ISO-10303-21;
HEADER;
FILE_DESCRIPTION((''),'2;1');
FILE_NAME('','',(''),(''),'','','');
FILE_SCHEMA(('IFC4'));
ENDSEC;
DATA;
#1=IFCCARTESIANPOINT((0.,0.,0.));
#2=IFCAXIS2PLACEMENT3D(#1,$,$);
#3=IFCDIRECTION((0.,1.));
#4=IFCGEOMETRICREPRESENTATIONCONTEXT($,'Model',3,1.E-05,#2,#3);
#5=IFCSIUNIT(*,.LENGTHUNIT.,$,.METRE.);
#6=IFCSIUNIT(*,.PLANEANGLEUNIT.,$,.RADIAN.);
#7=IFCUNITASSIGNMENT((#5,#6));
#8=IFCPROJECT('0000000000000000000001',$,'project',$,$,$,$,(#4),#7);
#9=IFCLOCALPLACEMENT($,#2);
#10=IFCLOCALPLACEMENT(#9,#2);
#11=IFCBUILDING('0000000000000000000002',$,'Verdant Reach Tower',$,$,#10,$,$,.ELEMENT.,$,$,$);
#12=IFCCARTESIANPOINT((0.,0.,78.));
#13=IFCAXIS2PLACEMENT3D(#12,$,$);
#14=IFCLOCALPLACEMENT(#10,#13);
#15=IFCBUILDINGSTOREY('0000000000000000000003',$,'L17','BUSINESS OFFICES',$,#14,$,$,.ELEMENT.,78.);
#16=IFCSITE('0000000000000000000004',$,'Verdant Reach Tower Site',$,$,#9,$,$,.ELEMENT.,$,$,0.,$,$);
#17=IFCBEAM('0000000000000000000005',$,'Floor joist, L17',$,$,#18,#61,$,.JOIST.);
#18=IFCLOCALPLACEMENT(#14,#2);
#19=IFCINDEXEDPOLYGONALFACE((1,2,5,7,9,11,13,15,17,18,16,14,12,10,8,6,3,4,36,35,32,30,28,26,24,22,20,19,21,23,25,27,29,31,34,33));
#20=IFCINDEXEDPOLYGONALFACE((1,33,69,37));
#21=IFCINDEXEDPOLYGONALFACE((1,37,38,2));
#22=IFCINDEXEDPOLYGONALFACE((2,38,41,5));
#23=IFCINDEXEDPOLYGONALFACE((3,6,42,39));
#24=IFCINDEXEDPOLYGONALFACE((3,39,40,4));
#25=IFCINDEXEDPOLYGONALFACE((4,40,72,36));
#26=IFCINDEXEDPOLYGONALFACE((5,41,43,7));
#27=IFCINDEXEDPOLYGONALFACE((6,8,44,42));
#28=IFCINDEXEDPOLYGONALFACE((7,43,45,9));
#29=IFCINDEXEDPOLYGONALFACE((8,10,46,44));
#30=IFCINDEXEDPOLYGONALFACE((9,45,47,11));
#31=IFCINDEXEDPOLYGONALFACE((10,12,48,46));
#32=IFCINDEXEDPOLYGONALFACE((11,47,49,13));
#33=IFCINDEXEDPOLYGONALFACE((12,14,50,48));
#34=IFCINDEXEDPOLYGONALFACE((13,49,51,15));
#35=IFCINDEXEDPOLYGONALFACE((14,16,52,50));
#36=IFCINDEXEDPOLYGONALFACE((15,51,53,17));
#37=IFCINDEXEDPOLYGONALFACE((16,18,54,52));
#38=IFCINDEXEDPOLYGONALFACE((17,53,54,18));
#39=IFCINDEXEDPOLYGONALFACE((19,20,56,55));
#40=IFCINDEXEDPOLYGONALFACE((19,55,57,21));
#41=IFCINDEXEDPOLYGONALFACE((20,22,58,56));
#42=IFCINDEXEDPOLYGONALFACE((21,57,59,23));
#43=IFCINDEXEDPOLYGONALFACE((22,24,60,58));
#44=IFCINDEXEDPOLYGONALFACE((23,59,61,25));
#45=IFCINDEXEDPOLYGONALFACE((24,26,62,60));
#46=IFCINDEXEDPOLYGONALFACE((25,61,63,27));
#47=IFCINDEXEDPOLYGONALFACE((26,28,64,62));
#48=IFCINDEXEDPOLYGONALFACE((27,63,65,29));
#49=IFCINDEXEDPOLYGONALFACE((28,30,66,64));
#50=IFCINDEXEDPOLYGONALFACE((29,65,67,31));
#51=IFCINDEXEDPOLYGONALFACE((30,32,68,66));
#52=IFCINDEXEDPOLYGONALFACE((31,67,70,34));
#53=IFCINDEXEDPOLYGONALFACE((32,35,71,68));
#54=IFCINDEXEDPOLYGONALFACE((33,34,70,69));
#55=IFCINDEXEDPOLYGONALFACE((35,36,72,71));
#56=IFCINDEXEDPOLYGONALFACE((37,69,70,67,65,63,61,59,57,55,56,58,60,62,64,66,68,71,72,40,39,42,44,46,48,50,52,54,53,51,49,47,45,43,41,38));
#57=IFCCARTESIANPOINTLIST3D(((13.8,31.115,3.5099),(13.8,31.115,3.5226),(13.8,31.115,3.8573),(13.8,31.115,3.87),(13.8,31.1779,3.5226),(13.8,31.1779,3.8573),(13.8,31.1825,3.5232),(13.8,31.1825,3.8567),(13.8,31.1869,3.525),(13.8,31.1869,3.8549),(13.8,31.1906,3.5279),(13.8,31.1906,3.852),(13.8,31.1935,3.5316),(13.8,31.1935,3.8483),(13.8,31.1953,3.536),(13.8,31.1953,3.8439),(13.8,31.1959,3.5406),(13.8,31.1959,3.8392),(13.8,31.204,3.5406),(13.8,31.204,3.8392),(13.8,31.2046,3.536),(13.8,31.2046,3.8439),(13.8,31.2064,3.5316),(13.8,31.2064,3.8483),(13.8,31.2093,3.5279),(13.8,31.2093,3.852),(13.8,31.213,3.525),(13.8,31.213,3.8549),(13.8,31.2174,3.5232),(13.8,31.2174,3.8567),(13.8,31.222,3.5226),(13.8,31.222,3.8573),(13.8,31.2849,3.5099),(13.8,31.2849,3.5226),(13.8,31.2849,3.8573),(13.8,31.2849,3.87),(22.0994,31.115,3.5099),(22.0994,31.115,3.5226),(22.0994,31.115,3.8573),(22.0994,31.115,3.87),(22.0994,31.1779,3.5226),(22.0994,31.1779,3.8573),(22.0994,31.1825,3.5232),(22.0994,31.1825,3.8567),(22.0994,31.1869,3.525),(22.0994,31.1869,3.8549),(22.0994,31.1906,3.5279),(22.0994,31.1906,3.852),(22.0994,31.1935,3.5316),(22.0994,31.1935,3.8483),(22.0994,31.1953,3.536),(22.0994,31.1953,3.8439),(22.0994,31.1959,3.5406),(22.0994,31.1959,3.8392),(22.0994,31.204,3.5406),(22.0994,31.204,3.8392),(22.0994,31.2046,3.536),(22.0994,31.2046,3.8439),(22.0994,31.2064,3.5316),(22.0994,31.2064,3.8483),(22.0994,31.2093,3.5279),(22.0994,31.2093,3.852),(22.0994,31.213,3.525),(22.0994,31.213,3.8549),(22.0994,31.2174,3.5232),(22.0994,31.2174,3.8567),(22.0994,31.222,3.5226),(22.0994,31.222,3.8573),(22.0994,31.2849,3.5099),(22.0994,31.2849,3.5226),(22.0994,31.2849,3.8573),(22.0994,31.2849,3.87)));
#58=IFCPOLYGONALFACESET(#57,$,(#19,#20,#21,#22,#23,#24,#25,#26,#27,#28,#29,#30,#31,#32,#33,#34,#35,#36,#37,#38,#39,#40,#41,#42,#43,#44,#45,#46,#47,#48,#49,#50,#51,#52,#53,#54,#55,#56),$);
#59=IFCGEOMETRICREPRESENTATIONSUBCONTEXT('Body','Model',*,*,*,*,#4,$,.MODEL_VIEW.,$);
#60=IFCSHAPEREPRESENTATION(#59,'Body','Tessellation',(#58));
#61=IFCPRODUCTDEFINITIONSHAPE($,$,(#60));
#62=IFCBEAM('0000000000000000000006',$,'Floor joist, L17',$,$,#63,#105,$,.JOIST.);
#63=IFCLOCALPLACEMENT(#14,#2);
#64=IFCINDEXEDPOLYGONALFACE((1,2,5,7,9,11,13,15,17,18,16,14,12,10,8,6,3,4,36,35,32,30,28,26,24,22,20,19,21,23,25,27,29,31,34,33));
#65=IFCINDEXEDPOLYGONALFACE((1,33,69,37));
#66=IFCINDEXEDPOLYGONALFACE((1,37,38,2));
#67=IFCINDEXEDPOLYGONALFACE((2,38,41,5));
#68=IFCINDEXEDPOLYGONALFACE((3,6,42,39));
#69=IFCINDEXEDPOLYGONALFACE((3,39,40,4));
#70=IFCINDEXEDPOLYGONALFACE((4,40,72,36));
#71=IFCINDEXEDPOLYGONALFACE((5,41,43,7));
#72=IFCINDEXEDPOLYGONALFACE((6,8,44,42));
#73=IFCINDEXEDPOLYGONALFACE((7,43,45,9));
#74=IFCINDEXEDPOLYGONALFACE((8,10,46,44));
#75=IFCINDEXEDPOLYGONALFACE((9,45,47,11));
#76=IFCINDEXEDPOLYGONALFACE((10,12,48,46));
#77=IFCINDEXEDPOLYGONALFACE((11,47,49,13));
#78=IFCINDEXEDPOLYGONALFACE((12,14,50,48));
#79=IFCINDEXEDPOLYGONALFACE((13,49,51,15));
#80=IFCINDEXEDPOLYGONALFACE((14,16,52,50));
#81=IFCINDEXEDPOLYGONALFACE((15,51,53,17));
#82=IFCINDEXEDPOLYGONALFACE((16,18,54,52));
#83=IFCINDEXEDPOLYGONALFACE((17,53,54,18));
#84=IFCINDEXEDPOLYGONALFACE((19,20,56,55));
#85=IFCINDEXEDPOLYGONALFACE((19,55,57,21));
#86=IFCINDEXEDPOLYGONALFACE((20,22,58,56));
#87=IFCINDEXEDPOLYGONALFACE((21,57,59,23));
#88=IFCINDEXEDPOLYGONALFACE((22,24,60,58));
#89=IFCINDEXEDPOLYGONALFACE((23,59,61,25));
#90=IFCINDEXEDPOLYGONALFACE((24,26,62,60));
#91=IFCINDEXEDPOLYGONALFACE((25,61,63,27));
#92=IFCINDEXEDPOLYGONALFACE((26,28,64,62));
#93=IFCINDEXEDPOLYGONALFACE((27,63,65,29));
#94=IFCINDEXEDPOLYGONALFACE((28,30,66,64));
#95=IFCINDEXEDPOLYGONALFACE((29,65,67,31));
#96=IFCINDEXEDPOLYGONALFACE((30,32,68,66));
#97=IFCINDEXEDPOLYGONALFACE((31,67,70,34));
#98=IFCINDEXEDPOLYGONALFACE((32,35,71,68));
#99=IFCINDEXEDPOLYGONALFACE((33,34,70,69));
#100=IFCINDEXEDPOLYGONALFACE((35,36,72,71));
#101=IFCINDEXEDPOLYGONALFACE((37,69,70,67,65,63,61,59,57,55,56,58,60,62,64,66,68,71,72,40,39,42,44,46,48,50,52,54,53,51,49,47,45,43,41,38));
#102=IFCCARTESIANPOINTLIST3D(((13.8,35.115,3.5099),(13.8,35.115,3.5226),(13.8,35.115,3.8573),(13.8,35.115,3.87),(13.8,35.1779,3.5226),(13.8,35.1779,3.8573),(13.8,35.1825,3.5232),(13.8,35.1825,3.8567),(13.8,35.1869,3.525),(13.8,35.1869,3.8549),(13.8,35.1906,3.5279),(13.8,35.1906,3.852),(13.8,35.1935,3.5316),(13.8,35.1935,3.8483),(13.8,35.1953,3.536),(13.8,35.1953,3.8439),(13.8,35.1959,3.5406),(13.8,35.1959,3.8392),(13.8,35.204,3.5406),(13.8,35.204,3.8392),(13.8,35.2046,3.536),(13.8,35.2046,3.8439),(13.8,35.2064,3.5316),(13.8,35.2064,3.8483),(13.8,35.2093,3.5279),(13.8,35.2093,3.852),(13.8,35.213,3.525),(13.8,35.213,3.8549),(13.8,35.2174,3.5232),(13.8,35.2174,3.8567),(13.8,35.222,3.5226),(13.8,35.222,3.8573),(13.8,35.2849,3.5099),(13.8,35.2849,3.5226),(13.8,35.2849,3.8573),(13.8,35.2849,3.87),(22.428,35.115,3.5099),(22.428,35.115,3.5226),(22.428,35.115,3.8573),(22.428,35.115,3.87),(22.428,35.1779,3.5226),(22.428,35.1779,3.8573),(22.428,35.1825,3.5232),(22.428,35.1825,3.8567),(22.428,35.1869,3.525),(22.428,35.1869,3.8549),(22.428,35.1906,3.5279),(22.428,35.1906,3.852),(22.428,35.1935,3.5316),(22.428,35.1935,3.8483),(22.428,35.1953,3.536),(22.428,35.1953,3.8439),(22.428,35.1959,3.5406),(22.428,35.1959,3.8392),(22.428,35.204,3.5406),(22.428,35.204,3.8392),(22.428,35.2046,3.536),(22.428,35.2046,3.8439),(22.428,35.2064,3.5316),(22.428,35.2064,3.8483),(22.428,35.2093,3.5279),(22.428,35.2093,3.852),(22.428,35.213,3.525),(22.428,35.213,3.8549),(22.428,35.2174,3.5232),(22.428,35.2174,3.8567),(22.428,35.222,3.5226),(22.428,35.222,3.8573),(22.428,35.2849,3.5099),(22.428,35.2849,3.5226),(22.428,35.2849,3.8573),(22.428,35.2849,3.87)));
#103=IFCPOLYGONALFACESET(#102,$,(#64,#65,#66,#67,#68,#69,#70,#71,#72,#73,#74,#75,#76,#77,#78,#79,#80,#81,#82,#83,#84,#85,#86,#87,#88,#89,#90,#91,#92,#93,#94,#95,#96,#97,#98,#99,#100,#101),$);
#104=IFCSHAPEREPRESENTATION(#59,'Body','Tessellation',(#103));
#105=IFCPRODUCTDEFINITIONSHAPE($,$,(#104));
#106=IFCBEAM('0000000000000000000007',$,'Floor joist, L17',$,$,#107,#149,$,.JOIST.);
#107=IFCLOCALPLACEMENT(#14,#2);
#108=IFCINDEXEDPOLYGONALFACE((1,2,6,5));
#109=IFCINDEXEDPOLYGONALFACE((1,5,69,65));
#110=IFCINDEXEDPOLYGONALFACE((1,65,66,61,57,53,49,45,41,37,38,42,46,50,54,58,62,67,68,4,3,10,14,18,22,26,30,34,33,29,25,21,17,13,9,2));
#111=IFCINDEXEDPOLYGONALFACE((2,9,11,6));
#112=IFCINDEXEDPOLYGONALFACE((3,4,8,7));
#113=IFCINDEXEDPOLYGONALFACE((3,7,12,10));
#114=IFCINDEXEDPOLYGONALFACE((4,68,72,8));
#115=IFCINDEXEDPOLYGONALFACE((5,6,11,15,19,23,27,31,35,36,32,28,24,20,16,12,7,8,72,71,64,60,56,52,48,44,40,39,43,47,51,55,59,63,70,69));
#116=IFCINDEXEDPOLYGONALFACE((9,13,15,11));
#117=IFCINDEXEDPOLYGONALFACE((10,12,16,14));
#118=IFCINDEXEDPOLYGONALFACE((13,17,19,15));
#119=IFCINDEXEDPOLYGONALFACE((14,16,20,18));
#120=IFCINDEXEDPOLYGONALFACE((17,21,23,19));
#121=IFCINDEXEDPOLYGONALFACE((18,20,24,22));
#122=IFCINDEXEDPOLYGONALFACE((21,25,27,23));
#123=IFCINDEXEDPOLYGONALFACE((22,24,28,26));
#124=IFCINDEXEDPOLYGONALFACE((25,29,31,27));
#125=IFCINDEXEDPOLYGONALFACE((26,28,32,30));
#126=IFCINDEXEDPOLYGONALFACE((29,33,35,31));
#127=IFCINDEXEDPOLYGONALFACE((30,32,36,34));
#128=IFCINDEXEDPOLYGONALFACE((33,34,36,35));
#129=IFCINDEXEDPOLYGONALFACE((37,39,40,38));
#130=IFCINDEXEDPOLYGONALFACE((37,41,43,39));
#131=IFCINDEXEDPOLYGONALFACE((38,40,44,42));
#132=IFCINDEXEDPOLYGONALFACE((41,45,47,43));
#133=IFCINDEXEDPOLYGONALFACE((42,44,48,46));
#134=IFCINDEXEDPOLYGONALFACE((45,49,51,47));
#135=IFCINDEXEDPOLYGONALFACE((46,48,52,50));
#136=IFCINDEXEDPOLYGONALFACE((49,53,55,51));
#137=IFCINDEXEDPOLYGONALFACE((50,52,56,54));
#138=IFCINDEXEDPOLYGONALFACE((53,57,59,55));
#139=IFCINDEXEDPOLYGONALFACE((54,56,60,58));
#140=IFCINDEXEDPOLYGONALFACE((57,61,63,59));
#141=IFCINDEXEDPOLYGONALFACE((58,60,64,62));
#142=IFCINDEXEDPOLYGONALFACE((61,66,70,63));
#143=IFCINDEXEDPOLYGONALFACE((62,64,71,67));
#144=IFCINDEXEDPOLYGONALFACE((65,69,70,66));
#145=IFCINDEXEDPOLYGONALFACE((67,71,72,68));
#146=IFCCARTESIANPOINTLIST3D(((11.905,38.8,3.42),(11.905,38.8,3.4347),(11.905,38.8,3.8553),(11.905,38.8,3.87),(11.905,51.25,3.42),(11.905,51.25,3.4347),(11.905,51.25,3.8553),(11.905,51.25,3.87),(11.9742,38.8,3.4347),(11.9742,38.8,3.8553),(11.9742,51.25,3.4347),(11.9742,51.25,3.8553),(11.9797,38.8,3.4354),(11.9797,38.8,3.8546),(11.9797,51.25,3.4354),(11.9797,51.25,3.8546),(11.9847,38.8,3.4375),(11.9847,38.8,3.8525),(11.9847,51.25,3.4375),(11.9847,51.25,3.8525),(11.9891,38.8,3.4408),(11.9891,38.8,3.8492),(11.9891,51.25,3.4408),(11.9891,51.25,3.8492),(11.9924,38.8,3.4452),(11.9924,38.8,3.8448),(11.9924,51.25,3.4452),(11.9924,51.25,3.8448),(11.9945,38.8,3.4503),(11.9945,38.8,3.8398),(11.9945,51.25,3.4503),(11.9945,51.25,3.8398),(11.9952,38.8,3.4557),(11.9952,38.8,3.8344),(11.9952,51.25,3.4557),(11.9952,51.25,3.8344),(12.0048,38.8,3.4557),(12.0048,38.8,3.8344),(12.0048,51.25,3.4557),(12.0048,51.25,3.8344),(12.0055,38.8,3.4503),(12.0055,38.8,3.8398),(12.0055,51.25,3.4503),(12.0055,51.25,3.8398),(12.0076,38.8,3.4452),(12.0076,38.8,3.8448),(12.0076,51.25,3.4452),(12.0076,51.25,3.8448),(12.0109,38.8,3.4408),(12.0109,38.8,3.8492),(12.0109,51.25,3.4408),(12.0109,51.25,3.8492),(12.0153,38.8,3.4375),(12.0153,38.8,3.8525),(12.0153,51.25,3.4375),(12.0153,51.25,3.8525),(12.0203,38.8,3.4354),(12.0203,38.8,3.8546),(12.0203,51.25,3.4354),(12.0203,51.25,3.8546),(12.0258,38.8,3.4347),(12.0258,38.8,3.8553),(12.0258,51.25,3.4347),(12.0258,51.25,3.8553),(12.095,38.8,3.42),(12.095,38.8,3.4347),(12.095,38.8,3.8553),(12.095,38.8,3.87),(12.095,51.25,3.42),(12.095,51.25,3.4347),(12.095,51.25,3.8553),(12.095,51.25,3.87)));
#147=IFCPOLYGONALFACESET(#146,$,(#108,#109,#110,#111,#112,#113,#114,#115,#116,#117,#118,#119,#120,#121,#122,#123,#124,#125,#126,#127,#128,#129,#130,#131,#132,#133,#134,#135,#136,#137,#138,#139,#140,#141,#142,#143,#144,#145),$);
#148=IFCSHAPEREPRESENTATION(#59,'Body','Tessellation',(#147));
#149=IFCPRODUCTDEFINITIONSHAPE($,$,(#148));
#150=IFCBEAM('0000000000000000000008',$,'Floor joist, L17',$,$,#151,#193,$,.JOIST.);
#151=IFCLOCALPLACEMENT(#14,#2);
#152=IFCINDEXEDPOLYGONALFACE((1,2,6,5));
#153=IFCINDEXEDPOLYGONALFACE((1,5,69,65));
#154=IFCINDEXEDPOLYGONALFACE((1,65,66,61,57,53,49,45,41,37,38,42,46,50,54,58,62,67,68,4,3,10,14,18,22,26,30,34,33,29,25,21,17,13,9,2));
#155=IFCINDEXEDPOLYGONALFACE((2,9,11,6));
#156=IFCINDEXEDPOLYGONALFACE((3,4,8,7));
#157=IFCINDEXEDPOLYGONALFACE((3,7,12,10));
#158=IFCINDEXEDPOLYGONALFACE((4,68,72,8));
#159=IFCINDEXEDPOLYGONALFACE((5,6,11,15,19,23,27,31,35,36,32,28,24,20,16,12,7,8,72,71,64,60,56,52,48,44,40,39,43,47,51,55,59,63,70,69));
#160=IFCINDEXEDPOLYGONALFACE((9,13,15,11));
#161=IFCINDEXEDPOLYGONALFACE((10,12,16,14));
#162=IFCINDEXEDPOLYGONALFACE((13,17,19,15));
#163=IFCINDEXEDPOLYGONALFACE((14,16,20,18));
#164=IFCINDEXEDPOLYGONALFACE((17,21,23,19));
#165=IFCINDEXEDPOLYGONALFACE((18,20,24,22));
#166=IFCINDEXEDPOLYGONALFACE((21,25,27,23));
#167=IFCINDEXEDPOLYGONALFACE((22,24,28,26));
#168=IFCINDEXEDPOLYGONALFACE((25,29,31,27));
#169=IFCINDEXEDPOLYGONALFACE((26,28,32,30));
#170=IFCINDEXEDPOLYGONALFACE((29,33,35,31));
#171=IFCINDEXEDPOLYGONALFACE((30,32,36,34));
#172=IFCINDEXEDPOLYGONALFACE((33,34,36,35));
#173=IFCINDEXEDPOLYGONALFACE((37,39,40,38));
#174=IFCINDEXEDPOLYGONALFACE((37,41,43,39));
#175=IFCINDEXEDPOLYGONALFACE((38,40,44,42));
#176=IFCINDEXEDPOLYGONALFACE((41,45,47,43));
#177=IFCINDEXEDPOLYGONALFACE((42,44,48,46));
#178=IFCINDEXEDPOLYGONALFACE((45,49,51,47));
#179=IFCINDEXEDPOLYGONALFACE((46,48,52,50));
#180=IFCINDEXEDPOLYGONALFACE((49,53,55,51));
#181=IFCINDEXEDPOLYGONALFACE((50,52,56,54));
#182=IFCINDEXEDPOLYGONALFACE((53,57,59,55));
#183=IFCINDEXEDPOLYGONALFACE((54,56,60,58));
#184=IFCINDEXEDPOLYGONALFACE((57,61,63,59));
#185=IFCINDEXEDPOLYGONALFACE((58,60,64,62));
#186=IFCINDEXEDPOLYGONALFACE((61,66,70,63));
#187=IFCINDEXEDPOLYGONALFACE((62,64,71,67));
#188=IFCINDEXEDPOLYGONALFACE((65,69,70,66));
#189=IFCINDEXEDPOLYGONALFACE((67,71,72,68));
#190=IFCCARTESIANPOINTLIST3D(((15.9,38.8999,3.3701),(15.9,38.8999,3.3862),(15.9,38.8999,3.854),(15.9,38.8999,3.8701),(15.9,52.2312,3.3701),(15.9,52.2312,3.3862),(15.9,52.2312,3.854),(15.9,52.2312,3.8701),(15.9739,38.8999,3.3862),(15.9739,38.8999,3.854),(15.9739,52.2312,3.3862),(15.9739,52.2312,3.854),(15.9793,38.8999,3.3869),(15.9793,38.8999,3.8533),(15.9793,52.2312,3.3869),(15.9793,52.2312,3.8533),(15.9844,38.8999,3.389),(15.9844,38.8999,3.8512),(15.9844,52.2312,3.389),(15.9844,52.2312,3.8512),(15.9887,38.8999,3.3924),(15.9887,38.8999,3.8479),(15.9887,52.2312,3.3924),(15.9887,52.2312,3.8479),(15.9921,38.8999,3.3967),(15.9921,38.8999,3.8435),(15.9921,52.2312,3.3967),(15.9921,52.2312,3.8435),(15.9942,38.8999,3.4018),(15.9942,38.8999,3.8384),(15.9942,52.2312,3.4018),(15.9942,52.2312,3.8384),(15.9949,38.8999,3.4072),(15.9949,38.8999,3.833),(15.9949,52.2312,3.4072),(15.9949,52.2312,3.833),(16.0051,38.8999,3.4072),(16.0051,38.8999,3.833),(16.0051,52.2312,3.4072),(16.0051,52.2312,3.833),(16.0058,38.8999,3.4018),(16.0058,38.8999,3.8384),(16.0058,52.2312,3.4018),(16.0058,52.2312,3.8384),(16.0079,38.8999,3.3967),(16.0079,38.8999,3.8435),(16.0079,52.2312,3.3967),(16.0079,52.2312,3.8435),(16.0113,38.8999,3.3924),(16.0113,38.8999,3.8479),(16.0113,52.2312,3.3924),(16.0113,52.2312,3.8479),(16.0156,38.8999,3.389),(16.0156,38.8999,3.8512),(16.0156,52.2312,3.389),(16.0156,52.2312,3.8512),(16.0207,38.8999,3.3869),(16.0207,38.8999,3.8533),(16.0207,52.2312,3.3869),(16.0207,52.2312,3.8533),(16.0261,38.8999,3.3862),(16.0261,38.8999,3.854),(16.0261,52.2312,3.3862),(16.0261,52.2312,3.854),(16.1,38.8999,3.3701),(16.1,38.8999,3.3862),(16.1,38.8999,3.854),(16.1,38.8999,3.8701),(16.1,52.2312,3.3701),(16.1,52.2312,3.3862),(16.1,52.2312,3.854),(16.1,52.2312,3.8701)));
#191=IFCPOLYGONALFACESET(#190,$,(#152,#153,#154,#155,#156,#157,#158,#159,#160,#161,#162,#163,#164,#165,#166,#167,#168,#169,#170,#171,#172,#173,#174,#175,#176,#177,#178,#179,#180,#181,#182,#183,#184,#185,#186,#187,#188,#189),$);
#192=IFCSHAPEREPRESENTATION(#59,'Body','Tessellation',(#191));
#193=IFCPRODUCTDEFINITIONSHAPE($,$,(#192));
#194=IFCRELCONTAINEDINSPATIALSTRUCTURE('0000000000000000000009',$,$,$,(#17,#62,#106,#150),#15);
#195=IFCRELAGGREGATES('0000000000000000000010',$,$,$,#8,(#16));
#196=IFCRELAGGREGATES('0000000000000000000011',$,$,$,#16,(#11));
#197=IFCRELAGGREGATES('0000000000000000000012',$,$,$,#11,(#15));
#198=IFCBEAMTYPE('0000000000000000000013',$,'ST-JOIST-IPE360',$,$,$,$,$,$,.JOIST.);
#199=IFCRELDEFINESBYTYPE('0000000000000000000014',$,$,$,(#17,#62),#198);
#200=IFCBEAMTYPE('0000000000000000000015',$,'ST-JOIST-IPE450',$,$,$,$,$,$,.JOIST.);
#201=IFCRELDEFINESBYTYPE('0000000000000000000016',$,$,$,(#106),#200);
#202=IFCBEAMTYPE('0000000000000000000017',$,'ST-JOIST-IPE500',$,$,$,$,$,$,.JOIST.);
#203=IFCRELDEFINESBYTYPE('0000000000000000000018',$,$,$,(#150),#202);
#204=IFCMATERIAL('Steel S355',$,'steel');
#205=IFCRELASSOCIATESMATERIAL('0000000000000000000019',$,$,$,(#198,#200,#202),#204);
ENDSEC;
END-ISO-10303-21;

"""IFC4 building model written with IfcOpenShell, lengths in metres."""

from ifc_helpers import new_model, si_unit, direction, frame, origin, origin_2d, place, context, subcontext, project, spatial, i_section, extrude, material, material_profile, profile_set, type_object, element, save


model = new_model("IFC4")

# Units and contexts
model_context = context("Model", 3, precision=1e-05, world=origin(), true_north=direction((0.0, 1.0)))
body_context = subcontext(model_context, "Body", "Model", "MODEL_VIEW")
ifc_project = project(units=[si_unit("LENGTHUNIT", "METRE"), si_unit("PLANEANGLEUNIT", "RADIAN")], contexts=[model_context])

# Site, building, storey
site_placement = place(None, origin())
site = spatial("IfcSite", under=ifc_project, at=site_placement, Name="Verdant Reach Tower Site", CompositionType="ELEMENT", RefElevation=0.0)
building_placement = place(site_placement, origin())
building = spatial("IfcBuilding", under=site, at=building_placement, Name="Verdant Reach Tower", CompositionType="ELEMENT")
storey_placement = place(building_placement, frame((0.0, 0.0, 78.0)))
storey = spatial("IfcBuildingStorey", under=building, at=storey_placement, Name="L17", Description="BUSINESS OFFICES", CompositionType="ELEMENT", Elevation=78.0)

# Beams
ifc_material_1 = material(Name="Steel S355", Category="steel")
ifc_material_profile_1 = material_profile(ifc_material_1, i_section(OverallWidth=0.1699, OverallDepth=0.3601, WebThickness=0.0081, FlangeThickness=0.0127, FilletRadius=0.0181, at=origin_2d()), Name="IPE 360")
ifc_profile_set_1 = profile_set([ifc_material_profile_1], Name="Steel S355")
beam_type_1 = type_object("IfcBeamType", Name="ST-JOIST-IPE360", PredefinedType="JOIST", material=ifc_profile_set_1)
beam_1_placement = place(storey_placement, frame((13.8, 31.2, 3.6899), z_axis=(1.0, 0.0, 0.0), x_axis=(0.0, 1.0, 0.0)))
element("IfcBeam", 1, at=beam_1_placement, inside=storey, type_object=beam_type_1, Name="Floor joist, L17", PredefinedType="JOIST", context=body_context, shape_type="SweptSolid", body=[
    extrude(i_section(OverallWidth=0.1699, OverallDepth=0.3601, WebThickness=0.0081, FlangeThickness=0.0127, FilletRadius=0.0181, at=origin_2d()), origin(), (0.0, 0.0, 1.0), 8.2993),
])
beam_2_placement = place(storey_placement, frame((13.8, 35.2, 3.6899), z_axis=(1.0, 0.0, 0.0), x_axis=(0.0, 1.0, 0.0)))
element("IfcBeam", 2, at=beam_2_placement, inside=storey, type_object=beam_type_1, Name="Floor joist, L17", PredefinedType="JOIST", context=body_context, shape_type="SweptSolid", body=[
    extrude(i_section(OverallWidth=0.1699, OverallDepth=0.3601, WebThickness=0.0081, FlangeThickness=0.0127, FilletRadius=0.0181, at=origin_2d()), origin(), (0.0, 0.0, 1.0), 8.6279),
])
ifc_material_profile_2 = material_profile(ifc_material_1, i_section(OverallWidth=0.1899, OverallDepth=0.45, WebThickness=0.0095, FlangeThickness=0.0146, FilletRadius=0.021, at=origin_2d()), Name="IPE 450")
ifc_profile_set_2 = profile_set([ifc_material_profile_2], Name="Steel S355")
beam_type_2 = type_object("IfcBeamType", Name="ST-JOIST-IPE450", PredefinedType="JOIST", material=ifc_profile_set_2)
beam_3_placement = place(storey_placement, frame((12.0, 38.8, 3.645), z_axis=(0.0, 1.0, 0.0), x_axis=(-1.0, 0.0, 0.0)))
element("IfcBeam", 3, at=beam_3_placement, inside=storey, type_object=beam_type_2, Name="Floor joist, L17", PredefinedType="JOIST", context=body_context, shape_type="SweptSolid", body=[
    extrude(i_section(OverallWidth=0.1899, OverallDepth=0.45, WebThickness=0.0095, FlangeThickness=0.0146, FilletRadius=0.021, at=origin_2d()), origin(), (0.0, 0.0, 1.0), 12.45),
])
ifc_material_profile_3 = material_profile(ifc_material_1, i_section(OverallWidth=0.2, OverallDepth=0.5, WebThickness=0.0103, FlangeThickness=0.0161, FilletRadius=0.021, at=origin_2d()), Name="IPE 500")
ifc_profile_set_3 = profile_set([ifc_material_profile_3], Name="Steel S355")
beam_type_3 = type_object("IfcBeamType", Name="ST-JOIST-IPE500", PredefinedType="JOIST", material=ifc_profile_set_3)
beam_4_placement = place(storey_placement, frame((16.0, 38.8999, 3.6201), z_axis=(0.0, 1.0, 0.0), x_axis=(-1.0, 0.0, 0.0)))
element("IfcBeam", 4, at=beam_4_placement, inside=storey, type_object=beam_type_3, Name="Floor joist, L17", PredefinedType="JOIST", context=body_context, shape_type="SweptSolid", body=[
    extrude(i_section(OverallWidth=0.2, OverallDepth=0.5, WebThickness=0.0103, FlangeThickness=0.0161, FilletRadius=0.021, at=origin_2d()), origin(), (0.0, 0.0, 1.0), 13.3313),
])

save(model, "model.ifc")
